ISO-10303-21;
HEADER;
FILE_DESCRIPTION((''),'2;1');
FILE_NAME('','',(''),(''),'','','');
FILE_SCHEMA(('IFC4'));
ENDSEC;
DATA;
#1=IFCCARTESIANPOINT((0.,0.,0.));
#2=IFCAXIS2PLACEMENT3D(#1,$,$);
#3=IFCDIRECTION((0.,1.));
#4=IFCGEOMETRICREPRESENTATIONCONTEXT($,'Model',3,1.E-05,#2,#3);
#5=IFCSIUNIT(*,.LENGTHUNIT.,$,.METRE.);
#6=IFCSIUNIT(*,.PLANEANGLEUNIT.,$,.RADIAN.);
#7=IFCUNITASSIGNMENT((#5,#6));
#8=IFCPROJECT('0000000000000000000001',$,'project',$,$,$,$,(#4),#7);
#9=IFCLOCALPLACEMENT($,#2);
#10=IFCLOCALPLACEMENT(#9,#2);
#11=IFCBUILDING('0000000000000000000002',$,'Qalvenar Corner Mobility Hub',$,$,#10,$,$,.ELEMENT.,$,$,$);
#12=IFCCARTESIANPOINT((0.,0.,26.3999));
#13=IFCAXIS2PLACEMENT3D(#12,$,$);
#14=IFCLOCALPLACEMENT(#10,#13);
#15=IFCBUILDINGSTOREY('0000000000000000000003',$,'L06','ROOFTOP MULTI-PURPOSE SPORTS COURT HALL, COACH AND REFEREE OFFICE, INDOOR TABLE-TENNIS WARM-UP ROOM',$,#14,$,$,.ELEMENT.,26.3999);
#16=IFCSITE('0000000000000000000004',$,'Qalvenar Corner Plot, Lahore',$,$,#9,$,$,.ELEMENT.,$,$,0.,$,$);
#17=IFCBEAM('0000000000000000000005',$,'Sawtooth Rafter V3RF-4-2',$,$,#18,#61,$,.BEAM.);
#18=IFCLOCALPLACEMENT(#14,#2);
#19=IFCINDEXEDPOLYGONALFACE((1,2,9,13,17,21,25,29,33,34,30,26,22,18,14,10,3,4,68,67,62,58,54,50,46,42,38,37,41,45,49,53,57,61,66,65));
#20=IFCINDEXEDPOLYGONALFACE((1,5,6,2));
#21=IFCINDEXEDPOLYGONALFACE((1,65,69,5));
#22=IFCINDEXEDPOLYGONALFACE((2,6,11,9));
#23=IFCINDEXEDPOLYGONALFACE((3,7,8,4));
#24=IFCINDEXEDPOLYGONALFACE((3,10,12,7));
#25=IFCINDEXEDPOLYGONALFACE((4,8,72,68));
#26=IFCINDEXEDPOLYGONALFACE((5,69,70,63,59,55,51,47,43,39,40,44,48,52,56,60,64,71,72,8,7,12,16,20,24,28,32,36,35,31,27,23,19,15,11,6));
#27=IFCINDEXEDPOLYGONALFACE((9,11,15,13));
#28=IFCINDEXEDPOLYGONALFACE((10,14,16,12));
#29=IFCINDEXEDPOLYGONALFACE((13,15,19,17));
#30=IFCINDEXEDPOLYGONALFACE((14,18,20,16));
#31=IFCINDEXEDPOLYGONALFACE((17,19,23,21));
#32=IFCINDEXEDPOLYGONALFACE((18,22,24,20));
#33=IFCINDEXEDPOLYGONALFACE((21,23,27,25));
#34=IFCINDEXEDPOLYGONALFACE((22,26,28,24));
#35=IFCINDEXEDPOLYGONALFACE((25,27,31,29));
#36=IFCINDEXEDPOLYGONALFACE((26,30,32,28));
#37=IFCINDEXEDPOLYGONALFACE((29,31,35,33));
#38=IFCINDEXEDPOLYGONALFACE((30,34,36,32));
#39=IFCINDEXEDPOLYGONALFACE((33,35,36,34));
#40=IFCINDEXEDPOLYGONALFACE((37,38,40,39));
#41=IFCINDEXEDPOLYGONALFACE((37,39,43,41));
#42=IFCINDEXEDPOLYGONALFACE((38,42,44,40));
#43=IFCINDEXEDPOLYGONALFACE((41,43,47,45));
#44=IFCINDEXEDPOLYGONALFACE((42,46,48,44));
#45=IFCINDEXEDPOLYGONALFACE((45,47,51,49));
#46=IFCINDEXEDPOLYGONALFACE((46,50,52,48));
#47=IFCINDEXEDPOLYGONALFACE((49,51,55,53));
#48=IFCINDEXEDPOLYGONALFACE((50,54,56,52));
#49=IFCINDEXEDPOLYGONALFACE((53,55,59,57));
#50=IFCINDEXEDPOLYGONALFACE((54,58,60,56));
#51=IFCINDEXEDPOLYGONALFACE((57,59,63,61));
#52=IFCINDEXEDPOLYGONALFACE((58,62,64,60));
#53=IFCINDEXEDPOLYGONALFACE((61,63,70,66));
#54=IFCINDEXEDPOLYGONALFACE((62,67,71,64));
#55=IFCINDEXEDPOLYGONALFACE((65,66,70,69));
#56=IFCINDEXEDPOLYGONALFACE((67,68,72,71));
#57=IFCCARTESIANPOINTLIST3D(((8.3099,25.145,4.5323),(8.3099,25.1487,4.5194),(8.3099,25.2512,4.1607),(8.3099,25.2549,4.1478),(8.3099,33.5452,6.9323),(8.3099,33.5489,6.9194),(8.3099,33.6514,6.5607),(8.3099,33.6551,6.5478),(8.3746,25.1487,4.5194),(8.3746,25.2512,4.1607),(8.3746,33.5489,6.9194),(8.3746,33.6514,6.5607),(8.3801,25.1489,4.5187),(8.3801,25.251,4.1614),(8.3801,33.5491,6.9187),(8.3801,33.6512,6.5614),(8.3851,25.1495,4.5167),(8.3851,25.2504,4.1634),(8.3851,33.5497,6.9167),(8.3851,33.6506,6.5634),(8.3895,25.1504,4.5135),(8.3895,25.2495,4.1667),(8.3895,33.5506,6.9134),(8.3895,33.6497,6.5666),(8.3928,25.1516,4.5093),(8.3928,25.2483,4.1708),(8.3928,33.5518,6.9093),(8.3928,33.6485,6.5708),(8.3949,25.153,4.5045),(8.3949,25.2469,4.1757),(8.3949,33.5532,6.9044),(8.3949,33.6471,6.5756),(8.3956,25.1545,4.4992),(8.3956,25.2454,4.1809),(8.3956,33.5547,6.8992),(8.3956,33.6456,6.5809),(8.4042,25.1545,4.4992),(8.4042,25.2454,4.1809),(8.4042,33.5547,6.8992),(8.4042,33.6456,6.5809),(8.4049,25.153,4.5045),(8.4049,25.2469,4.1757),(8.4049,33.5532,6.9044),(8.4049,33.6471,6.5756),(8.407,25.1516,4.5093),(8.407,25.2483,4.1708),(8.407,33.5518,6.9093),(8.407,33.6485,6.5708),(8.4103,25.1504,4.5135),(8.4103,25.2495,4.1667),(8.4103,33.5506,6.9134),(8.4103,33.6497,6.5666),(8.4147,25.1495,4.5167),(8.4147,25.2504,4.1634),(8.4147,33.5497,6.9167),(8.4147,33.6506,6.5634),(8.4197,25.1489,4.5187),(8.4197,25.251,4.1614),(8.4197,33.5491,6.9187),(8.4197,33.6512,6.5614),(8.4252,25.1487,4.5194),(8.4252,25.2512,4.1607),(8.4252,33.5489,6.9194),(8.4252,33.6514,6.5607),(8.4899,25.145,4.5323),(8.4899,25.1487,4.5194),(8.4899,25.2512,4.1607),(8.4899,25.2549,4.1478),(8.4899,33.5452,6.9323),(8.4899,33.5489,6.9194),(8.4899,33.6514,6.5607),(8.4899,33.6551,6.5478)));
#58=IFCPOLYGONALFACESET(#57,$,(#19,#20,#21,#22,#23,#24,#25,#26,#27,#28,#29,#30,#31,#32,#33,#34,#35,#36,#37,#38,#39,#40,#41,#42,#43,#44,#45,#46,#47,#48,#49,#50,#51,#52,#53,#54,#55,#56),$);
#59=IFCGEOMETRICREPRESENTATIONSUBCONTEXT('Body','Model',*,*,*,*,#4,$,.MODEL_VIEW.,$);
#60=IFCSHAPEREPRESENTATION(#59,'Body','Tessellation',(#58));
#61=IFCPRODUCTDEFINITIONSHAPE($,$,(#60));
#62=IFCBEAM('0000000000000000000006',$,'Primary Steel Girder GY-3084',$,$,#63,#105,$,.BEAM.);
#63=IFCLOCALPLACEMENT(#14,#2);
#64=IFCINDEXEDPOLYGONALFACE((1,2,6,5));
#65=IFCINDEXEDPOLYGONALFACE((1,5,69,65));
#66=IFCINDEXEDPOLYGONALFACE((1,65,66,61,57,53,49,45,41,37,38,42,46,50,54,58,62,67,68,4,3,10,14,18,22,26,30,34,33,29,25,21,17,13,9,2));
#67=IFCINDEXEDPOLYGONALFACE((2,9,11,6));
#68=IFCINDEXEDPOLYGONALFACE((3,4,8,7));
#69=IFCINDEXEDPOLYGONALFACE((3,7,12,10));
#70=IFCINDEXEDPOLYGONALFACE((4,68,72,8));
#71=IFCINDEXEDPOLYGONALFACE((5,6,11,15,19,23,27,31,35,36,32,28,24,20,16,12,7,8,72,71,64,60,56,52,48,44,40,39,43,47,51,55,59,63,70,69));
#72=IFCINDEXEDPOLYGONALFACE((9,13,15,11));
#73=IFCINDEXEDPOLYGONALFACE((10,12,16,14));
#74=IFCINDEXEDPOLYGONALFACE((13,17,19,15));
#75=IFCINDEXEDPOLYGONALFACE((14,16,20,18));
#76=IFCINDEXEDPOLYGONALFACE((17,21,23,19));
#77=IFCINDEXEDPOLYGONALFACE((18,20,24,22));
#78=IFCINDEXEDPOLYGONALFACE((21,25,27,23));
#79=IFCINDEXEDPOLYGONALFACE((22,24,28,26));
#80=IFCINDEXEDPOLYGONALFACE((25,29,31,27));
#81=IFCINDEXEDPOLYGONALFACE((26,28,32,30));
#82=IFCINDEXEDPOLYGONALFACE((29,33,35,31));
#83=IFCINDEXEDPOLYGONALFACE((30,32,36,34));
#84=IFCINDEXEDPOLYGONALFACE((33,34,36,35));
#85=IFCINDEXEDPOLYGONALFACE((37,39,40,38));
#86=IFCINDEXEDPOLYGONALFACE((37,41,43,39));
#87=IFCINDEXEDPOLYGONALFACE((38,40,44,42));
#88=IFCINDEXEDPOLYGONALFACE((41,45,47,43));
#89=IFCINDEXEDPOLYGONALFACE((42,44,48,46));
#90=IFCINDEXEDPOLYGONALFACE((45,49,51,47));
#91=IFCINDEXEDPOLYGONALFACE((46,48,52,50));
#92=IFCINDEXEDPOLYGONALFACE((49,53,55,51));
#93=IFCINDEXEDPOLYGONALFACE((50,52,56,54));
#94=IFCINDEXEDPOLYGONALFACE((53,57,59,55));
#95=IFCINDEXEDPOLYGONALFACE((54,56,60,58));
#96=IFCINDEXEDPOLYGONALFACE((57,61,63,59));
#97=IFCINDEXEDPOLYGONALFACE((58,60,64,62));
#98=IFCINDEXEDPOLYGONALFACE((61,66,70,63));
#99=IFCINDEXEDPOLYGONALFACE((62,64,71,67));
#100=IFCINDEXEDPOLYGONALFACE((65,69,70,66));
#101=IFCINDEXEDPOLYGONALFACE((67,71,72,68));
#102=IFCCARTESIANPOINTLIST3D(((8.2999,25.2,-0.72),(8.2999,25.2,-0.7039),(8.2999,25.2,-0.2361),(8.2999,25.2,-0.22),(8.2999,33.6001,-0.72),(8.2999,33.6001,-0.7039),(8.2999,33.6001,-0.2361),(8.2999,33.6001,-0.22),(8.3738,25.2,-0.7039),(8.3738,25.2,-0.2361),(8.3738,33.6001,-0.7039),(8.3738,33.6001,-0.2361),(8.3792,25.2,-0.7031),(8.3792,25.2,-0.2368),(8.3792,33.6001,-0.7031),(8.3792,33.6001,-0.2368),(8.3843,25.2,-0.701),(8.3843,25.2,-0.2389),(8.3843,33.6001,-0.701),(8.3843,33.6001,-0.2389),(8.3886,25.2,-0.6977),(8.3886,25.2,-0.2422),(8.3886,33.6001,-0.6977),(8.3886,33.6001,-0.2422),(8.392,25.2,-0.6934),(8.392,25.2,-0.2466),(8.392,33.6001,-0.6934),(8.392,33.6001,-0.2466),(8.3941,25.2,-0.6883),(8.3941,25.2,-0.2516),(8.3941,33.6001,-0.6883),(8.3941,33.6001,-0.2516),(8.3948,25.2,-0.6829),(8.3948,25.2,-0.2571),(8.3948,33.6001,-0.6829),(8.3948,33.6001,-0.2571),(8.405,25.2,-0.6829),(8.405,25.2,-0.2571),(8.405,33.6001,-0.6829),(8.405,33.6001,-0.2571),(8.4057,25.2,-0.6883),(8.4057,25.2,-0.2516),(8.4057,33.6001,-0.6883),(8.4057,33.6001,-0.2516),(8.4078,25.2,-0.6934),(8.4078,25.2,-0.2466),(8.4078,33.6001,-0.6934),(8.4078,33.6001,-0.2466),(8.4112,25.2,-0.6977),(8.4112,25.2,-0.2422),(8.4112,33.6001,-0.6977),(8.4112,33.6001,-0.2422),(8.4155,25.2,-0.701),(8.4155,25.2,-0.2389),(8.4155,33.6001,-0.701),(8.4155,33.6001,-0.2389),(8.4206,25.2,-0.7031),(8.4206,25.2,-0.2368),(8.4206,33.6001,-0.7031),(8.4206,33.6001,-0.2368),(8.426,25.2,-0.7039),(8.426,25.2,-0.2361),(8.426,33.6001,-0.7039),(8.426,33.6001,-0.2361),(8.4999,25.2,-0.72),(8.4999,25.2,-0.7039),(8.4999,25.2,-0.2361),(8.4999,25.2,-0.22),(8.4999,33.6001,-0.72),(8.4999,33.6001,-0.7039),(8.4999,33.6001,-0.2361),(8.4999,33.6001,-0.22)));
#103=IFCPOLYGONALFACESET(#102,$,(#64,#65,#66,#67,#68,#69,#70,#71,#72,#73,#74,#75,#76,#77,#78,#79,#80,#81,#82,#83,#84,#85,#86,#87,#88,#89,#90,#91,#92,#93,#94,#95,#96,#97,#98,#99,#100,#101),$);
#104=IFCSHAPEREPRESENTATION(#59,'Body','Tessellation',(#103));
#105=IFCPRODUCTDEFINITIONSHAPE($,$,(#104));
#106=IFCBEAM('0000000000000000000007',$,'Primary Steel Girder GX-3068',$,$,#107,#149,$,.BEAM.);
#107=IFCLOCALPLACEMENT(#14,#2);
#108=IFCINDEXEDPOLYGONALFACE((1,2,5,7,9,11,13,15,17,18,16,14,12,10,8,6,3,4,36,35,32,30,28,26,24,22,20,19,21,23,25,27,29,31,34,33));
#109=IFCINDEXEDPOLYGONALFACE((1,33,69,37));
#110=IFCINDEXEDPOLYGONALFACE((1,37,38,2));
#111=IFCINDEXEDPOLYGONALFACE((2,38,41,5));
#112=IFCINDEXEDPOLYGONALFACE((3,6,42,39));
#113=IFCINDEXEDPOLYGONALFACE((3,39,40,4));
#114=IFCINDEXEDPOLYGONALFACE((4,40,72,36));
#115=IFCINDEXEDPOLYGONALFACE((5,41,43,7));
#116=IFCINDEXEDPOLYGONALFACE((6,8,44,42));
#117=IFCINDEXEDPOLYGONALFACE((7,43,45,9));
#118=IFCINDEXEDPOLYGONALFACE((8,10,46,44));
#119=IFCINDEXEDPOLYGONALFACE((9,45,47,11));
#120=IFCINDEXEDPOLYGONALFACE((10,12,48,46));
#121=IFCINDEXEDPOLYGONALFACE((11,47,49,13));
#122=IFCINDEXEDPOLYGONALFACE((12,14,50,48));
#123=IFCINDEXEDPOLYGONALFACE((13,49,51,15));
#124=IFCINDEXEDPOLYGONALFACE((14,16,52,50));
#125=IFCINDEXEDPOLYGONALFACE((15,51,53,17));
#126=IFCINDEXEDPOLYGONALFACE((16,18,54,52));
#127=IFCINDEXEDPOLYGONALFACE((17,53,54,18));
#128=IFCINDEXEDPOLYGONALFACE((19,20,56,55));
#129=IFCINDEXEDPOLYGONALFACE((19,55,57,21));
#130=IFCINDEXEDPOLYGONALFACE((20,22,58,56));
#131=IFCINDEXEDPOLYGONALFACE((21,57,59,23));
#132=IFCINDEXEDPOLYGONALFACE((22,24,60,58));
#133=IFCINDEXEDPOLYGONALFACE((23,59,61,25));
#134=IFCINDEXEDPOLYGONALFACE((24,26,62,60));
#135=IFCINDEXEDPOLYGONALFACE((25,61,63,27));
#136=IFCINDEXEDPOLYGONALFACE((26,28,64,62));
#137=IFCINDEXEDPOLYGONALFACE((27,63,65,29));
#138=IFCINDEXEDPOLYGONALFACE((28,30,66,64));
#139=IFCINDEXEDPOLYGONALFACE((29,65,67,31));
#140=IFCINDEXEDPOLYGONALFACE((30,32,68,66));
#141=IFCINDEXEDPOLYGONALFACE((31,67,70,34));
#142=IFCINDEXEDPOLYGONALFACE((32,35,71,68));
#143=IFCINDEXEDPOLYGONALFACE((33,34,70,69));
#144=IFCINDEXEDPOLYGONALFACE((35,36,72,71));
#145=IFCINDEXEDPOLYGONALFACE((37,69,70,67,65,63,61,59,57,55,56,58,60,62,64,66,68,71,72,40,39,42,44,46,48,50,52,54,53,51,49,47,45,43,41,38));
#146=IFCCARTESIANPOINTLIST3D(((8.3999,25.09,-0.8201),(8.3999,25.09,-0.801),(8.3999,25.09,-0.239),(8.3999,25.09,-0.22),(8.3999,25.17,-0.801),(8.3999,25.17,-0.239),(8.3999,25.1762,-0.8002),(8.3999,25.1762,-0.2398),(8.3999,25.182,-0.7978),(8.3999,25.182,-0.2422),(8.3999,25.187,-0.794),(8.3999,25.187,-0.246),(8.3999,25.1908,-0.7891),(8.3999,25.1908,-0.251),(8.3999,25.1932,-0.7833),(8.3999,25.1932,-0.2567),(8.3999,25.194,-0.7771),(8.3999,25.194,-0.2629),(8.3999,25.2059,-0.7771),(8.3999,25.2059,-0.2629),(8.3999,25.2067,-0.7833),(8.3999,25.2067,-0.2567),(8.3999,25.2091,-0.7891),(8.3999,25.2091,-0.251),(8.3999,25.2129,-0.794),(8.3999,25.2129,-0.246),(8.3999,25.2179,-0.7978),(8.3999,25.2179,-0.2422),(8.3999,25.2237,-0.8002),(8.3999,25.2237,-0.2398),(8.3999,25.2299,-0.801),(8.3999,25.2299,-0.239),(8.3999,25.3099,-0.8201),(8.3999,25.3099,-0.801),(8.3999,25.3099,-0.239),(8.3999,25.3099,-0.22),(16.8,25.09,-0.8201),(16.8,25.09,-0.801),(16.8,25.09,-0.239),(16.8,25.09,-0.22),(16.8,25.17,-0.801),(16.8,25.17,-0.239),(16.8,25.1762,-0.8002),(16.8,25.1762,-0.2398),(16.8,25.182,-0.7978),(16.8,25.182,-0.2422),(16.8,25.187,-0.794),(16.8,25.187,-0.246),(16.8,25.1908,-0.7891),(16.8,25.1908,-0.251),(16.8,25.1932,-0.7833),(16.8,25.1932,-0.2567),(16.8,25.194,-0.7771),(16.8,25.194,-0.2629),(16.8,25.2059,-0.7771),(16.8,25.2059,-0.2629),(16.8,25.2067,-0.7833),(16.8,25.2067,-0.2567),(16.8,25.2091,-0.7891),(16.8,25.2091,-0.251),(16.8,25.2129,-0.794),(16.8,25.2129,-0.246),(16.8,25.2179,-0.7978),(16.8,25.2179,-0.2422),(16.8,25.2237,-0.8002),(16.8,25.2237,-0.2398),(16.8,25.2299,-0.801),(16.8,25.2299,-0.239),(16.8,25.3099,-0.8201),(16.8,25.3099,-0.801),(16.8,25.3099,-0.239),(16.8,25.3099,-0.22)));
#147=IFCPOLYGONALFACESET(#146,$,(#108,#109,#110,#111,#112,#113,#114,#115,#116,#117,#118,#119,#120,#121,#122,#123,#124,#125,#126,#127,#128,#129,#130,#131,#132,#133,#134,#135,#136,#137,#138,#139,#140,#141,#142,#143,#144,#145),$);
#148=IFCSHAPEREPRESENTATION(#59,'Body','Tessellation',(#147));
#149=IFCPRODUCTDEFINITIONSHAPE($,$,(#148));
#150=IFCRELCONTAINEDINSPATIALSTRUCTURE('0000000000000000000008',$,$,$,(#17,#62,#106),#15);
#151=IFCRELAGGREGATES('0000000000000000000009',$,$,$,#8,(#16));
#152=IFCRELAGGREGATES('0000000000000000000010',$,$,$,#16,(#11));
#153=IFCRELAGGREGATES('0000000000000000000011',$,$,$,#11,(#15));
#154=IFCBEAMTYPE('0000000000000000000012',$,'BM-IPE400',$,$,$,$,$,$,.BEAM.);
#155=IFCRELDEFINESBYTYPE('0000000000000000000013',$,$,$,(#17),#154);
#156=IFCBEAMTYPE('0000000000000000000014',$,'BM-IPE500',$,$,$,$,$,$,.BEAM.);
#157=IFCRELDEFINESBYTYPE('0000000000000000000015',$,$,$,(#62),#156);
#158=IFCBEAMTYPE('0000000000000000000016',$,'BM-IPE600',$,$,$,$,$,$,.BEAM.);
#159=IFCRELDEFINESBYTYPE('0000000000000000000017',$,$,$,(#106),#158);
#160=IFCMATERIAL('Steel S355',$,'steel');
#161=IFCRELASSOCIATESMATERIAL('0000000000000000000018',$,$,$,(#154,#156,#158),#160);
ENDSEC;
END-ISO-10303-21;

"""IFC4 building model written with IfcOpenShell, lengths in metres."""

from ifc_helpers import new_model, si_unit, direction, frame, origin, origin_2d, place, context, subcontext, project, spatial, i_section, extrude, material, material_profile, profile_set, type_object, element, save


model = new_model("IFC4")

# Units and contexts
model_context = context("Model", 3, precision=1e-05, world=origin(), true_north=direction((0.0, 1.0)))
body_context = subcontext(model_context, "Body", "Model", "MODEL_VIEW")
ifc_project = project(units=[si_unit("LENGTHUNIT", "METRE"), si_unit("PLANEANGLEUNIT", "RADIAN")], contexts=[model_context])

# Site, building, storey
site_placement = place(None, origin())
site = spatial("IfcSite", under=ifc_project, at=site_placement, Name="Qalvenar Corner Plot, Lahore", CompositionType="ELEMENT", RefElevation=0.0)
building_placement = place(site_placement, origin())
building = spatial("IfcBuilding", under=site, at=building_placement, Name="Qalvenar Corner Mobility Hub", CompositionType="ELEMENT")
storey_placement = place(building_placement, frame((0.0, 0.0, 26.3999)))
storey = spatial("IfcBuildingStorey", under=building, at=storey_placement, Name="L06", Description="ROOFTOP MULTI-PURPOSE SPORTS COURT HALL, COACH AND REFEREE OFFICE, INDOOR TABLE-TENNIS WARM-UP ROOM", CompositionType="ELEMENT", Elevation=26.3999)

# Shared definitions
ifc_material_1 = material(Name="Steel S355", Category="steel")

# Beams
ifc_material_profile_1 = material_profile(ifc_material_1, i_section(OverallWidth=0.1799, OverallDepth=0.3999, WebThickness=0.0085, FlangeThickness=0.0134, FilletRadius=0.021, at=origin_2d()), Name="IPE400")
ifc_profile_set_1 = profile_set([ifc_material_profile_1], Name="Steel S355")
beam_type_1 = type_object("IfcBeamType", Name="BM-IPE400", PredefinedType="BEAM", material=ifc_profile_set_1)
beam_1_placement = place(storey_placement, frame((8.3999, 25.2, 4.3401), z_axis=(0.0, 0.961528, 0.274706), x_axis=(-1.0, 0.0, 0.0)))
element("IfcBeam", 1, at=beam_1_placement, inside=storey, type_object=beam_type_1, Name="Sawtooth Rafter V3RF-4-2", PredefinedType="BEAM", context=body_context, shape_type="SweptSolid", body=[
    extrude(i_section(OverallWidth=0.1799, OverallDepth=0.3999, WebThickness=0.0085, FlangeThickness=0.0134, FilletRadius=0.021, at=origin_2d()), origin(), (0.0, 0.0, 1.0), 8.7363),
])
ifc_material_profile_2 = material_profile(ifc_material_1, i_section(OverallWidth=0.2, OverallDepth=0.5, WebThickness=0.0103, FlangeThickness=0.0161, FilletRadius=0.021, at=origin_2d()), Name="IPE500")
ifc_profile_set_2 = profile_set([ifc_material_profile_2], Name="Steel S355")
beam_type_2 = type_object("IfcBeamType", Name="BM-IPE500", PredefinedType="BEAM", material=ifc_profile_set_2)
beam_2_placement = place(storey_placement, frame((8.3999, 25.2, -0.47), z_axis=(0.0, 1.0, 0.0), x_axis=(-1.0, 0.0, 0.0)))
element("IfcBeam", 2, at=beam_2_placement, inside=storey, type_object=beam_type_2, Name="Primary Steel Girder GY-3084", PredefinedType="BEAM", context=body_context, shape_type="SweptSolid", body=[
    extrude(i_section(OverallWidth=0.2, OverallDepth=0.5, WebThickness=0.0103, FlangeThickness=0.0161, FilletRadius=0.021, at=origin_2d()), origin(), (0.0, 0.0, 1.0), 8.4001),
])
ifc_material_profile_3 = material_profile(ifc_material_1, i_section(OverallWidth=0.22, OverallDepth=0.6001, WebThickness=0.012, FlangeThickness=0.019, FilletRadius=0.0239, at=origin_2d()), Name="IPE600")
ifc_profile_set_3 = profile_set([ifc_material_profile_3], Name="Steel S355")
beam_type_3 = type_object("IfcBeamType", Name="BM-IPE600", PredefinedType="BEAM", material=ifc_profile_set_3)
beam_3_placement = place(storey_placement, frame((8.3999, 25.2, -0.52), z_axis=(1.0, 0.0, 0.0), x_axis=(0.0, 1.0, 0.0)))
element("IfcBeam", 3, at=beam_3_placement, inside=storey, type_object=beam_type_3, Name="Primary Steel Girder GX-3068", PredefinedType="BEAM", context=body_context, shape_type="SweptSolid", body=[
    extrude(i_section(OverallWidth=0.22, OverallDepth=0.6001, WebThickness=0.012, FlangeThickness=0.019, FilletRadius=0.0239, at=origin_2d()), origin(), (0.0, 0.0, 1.0), 8.4001),
])

save(model, "model.ifc")
